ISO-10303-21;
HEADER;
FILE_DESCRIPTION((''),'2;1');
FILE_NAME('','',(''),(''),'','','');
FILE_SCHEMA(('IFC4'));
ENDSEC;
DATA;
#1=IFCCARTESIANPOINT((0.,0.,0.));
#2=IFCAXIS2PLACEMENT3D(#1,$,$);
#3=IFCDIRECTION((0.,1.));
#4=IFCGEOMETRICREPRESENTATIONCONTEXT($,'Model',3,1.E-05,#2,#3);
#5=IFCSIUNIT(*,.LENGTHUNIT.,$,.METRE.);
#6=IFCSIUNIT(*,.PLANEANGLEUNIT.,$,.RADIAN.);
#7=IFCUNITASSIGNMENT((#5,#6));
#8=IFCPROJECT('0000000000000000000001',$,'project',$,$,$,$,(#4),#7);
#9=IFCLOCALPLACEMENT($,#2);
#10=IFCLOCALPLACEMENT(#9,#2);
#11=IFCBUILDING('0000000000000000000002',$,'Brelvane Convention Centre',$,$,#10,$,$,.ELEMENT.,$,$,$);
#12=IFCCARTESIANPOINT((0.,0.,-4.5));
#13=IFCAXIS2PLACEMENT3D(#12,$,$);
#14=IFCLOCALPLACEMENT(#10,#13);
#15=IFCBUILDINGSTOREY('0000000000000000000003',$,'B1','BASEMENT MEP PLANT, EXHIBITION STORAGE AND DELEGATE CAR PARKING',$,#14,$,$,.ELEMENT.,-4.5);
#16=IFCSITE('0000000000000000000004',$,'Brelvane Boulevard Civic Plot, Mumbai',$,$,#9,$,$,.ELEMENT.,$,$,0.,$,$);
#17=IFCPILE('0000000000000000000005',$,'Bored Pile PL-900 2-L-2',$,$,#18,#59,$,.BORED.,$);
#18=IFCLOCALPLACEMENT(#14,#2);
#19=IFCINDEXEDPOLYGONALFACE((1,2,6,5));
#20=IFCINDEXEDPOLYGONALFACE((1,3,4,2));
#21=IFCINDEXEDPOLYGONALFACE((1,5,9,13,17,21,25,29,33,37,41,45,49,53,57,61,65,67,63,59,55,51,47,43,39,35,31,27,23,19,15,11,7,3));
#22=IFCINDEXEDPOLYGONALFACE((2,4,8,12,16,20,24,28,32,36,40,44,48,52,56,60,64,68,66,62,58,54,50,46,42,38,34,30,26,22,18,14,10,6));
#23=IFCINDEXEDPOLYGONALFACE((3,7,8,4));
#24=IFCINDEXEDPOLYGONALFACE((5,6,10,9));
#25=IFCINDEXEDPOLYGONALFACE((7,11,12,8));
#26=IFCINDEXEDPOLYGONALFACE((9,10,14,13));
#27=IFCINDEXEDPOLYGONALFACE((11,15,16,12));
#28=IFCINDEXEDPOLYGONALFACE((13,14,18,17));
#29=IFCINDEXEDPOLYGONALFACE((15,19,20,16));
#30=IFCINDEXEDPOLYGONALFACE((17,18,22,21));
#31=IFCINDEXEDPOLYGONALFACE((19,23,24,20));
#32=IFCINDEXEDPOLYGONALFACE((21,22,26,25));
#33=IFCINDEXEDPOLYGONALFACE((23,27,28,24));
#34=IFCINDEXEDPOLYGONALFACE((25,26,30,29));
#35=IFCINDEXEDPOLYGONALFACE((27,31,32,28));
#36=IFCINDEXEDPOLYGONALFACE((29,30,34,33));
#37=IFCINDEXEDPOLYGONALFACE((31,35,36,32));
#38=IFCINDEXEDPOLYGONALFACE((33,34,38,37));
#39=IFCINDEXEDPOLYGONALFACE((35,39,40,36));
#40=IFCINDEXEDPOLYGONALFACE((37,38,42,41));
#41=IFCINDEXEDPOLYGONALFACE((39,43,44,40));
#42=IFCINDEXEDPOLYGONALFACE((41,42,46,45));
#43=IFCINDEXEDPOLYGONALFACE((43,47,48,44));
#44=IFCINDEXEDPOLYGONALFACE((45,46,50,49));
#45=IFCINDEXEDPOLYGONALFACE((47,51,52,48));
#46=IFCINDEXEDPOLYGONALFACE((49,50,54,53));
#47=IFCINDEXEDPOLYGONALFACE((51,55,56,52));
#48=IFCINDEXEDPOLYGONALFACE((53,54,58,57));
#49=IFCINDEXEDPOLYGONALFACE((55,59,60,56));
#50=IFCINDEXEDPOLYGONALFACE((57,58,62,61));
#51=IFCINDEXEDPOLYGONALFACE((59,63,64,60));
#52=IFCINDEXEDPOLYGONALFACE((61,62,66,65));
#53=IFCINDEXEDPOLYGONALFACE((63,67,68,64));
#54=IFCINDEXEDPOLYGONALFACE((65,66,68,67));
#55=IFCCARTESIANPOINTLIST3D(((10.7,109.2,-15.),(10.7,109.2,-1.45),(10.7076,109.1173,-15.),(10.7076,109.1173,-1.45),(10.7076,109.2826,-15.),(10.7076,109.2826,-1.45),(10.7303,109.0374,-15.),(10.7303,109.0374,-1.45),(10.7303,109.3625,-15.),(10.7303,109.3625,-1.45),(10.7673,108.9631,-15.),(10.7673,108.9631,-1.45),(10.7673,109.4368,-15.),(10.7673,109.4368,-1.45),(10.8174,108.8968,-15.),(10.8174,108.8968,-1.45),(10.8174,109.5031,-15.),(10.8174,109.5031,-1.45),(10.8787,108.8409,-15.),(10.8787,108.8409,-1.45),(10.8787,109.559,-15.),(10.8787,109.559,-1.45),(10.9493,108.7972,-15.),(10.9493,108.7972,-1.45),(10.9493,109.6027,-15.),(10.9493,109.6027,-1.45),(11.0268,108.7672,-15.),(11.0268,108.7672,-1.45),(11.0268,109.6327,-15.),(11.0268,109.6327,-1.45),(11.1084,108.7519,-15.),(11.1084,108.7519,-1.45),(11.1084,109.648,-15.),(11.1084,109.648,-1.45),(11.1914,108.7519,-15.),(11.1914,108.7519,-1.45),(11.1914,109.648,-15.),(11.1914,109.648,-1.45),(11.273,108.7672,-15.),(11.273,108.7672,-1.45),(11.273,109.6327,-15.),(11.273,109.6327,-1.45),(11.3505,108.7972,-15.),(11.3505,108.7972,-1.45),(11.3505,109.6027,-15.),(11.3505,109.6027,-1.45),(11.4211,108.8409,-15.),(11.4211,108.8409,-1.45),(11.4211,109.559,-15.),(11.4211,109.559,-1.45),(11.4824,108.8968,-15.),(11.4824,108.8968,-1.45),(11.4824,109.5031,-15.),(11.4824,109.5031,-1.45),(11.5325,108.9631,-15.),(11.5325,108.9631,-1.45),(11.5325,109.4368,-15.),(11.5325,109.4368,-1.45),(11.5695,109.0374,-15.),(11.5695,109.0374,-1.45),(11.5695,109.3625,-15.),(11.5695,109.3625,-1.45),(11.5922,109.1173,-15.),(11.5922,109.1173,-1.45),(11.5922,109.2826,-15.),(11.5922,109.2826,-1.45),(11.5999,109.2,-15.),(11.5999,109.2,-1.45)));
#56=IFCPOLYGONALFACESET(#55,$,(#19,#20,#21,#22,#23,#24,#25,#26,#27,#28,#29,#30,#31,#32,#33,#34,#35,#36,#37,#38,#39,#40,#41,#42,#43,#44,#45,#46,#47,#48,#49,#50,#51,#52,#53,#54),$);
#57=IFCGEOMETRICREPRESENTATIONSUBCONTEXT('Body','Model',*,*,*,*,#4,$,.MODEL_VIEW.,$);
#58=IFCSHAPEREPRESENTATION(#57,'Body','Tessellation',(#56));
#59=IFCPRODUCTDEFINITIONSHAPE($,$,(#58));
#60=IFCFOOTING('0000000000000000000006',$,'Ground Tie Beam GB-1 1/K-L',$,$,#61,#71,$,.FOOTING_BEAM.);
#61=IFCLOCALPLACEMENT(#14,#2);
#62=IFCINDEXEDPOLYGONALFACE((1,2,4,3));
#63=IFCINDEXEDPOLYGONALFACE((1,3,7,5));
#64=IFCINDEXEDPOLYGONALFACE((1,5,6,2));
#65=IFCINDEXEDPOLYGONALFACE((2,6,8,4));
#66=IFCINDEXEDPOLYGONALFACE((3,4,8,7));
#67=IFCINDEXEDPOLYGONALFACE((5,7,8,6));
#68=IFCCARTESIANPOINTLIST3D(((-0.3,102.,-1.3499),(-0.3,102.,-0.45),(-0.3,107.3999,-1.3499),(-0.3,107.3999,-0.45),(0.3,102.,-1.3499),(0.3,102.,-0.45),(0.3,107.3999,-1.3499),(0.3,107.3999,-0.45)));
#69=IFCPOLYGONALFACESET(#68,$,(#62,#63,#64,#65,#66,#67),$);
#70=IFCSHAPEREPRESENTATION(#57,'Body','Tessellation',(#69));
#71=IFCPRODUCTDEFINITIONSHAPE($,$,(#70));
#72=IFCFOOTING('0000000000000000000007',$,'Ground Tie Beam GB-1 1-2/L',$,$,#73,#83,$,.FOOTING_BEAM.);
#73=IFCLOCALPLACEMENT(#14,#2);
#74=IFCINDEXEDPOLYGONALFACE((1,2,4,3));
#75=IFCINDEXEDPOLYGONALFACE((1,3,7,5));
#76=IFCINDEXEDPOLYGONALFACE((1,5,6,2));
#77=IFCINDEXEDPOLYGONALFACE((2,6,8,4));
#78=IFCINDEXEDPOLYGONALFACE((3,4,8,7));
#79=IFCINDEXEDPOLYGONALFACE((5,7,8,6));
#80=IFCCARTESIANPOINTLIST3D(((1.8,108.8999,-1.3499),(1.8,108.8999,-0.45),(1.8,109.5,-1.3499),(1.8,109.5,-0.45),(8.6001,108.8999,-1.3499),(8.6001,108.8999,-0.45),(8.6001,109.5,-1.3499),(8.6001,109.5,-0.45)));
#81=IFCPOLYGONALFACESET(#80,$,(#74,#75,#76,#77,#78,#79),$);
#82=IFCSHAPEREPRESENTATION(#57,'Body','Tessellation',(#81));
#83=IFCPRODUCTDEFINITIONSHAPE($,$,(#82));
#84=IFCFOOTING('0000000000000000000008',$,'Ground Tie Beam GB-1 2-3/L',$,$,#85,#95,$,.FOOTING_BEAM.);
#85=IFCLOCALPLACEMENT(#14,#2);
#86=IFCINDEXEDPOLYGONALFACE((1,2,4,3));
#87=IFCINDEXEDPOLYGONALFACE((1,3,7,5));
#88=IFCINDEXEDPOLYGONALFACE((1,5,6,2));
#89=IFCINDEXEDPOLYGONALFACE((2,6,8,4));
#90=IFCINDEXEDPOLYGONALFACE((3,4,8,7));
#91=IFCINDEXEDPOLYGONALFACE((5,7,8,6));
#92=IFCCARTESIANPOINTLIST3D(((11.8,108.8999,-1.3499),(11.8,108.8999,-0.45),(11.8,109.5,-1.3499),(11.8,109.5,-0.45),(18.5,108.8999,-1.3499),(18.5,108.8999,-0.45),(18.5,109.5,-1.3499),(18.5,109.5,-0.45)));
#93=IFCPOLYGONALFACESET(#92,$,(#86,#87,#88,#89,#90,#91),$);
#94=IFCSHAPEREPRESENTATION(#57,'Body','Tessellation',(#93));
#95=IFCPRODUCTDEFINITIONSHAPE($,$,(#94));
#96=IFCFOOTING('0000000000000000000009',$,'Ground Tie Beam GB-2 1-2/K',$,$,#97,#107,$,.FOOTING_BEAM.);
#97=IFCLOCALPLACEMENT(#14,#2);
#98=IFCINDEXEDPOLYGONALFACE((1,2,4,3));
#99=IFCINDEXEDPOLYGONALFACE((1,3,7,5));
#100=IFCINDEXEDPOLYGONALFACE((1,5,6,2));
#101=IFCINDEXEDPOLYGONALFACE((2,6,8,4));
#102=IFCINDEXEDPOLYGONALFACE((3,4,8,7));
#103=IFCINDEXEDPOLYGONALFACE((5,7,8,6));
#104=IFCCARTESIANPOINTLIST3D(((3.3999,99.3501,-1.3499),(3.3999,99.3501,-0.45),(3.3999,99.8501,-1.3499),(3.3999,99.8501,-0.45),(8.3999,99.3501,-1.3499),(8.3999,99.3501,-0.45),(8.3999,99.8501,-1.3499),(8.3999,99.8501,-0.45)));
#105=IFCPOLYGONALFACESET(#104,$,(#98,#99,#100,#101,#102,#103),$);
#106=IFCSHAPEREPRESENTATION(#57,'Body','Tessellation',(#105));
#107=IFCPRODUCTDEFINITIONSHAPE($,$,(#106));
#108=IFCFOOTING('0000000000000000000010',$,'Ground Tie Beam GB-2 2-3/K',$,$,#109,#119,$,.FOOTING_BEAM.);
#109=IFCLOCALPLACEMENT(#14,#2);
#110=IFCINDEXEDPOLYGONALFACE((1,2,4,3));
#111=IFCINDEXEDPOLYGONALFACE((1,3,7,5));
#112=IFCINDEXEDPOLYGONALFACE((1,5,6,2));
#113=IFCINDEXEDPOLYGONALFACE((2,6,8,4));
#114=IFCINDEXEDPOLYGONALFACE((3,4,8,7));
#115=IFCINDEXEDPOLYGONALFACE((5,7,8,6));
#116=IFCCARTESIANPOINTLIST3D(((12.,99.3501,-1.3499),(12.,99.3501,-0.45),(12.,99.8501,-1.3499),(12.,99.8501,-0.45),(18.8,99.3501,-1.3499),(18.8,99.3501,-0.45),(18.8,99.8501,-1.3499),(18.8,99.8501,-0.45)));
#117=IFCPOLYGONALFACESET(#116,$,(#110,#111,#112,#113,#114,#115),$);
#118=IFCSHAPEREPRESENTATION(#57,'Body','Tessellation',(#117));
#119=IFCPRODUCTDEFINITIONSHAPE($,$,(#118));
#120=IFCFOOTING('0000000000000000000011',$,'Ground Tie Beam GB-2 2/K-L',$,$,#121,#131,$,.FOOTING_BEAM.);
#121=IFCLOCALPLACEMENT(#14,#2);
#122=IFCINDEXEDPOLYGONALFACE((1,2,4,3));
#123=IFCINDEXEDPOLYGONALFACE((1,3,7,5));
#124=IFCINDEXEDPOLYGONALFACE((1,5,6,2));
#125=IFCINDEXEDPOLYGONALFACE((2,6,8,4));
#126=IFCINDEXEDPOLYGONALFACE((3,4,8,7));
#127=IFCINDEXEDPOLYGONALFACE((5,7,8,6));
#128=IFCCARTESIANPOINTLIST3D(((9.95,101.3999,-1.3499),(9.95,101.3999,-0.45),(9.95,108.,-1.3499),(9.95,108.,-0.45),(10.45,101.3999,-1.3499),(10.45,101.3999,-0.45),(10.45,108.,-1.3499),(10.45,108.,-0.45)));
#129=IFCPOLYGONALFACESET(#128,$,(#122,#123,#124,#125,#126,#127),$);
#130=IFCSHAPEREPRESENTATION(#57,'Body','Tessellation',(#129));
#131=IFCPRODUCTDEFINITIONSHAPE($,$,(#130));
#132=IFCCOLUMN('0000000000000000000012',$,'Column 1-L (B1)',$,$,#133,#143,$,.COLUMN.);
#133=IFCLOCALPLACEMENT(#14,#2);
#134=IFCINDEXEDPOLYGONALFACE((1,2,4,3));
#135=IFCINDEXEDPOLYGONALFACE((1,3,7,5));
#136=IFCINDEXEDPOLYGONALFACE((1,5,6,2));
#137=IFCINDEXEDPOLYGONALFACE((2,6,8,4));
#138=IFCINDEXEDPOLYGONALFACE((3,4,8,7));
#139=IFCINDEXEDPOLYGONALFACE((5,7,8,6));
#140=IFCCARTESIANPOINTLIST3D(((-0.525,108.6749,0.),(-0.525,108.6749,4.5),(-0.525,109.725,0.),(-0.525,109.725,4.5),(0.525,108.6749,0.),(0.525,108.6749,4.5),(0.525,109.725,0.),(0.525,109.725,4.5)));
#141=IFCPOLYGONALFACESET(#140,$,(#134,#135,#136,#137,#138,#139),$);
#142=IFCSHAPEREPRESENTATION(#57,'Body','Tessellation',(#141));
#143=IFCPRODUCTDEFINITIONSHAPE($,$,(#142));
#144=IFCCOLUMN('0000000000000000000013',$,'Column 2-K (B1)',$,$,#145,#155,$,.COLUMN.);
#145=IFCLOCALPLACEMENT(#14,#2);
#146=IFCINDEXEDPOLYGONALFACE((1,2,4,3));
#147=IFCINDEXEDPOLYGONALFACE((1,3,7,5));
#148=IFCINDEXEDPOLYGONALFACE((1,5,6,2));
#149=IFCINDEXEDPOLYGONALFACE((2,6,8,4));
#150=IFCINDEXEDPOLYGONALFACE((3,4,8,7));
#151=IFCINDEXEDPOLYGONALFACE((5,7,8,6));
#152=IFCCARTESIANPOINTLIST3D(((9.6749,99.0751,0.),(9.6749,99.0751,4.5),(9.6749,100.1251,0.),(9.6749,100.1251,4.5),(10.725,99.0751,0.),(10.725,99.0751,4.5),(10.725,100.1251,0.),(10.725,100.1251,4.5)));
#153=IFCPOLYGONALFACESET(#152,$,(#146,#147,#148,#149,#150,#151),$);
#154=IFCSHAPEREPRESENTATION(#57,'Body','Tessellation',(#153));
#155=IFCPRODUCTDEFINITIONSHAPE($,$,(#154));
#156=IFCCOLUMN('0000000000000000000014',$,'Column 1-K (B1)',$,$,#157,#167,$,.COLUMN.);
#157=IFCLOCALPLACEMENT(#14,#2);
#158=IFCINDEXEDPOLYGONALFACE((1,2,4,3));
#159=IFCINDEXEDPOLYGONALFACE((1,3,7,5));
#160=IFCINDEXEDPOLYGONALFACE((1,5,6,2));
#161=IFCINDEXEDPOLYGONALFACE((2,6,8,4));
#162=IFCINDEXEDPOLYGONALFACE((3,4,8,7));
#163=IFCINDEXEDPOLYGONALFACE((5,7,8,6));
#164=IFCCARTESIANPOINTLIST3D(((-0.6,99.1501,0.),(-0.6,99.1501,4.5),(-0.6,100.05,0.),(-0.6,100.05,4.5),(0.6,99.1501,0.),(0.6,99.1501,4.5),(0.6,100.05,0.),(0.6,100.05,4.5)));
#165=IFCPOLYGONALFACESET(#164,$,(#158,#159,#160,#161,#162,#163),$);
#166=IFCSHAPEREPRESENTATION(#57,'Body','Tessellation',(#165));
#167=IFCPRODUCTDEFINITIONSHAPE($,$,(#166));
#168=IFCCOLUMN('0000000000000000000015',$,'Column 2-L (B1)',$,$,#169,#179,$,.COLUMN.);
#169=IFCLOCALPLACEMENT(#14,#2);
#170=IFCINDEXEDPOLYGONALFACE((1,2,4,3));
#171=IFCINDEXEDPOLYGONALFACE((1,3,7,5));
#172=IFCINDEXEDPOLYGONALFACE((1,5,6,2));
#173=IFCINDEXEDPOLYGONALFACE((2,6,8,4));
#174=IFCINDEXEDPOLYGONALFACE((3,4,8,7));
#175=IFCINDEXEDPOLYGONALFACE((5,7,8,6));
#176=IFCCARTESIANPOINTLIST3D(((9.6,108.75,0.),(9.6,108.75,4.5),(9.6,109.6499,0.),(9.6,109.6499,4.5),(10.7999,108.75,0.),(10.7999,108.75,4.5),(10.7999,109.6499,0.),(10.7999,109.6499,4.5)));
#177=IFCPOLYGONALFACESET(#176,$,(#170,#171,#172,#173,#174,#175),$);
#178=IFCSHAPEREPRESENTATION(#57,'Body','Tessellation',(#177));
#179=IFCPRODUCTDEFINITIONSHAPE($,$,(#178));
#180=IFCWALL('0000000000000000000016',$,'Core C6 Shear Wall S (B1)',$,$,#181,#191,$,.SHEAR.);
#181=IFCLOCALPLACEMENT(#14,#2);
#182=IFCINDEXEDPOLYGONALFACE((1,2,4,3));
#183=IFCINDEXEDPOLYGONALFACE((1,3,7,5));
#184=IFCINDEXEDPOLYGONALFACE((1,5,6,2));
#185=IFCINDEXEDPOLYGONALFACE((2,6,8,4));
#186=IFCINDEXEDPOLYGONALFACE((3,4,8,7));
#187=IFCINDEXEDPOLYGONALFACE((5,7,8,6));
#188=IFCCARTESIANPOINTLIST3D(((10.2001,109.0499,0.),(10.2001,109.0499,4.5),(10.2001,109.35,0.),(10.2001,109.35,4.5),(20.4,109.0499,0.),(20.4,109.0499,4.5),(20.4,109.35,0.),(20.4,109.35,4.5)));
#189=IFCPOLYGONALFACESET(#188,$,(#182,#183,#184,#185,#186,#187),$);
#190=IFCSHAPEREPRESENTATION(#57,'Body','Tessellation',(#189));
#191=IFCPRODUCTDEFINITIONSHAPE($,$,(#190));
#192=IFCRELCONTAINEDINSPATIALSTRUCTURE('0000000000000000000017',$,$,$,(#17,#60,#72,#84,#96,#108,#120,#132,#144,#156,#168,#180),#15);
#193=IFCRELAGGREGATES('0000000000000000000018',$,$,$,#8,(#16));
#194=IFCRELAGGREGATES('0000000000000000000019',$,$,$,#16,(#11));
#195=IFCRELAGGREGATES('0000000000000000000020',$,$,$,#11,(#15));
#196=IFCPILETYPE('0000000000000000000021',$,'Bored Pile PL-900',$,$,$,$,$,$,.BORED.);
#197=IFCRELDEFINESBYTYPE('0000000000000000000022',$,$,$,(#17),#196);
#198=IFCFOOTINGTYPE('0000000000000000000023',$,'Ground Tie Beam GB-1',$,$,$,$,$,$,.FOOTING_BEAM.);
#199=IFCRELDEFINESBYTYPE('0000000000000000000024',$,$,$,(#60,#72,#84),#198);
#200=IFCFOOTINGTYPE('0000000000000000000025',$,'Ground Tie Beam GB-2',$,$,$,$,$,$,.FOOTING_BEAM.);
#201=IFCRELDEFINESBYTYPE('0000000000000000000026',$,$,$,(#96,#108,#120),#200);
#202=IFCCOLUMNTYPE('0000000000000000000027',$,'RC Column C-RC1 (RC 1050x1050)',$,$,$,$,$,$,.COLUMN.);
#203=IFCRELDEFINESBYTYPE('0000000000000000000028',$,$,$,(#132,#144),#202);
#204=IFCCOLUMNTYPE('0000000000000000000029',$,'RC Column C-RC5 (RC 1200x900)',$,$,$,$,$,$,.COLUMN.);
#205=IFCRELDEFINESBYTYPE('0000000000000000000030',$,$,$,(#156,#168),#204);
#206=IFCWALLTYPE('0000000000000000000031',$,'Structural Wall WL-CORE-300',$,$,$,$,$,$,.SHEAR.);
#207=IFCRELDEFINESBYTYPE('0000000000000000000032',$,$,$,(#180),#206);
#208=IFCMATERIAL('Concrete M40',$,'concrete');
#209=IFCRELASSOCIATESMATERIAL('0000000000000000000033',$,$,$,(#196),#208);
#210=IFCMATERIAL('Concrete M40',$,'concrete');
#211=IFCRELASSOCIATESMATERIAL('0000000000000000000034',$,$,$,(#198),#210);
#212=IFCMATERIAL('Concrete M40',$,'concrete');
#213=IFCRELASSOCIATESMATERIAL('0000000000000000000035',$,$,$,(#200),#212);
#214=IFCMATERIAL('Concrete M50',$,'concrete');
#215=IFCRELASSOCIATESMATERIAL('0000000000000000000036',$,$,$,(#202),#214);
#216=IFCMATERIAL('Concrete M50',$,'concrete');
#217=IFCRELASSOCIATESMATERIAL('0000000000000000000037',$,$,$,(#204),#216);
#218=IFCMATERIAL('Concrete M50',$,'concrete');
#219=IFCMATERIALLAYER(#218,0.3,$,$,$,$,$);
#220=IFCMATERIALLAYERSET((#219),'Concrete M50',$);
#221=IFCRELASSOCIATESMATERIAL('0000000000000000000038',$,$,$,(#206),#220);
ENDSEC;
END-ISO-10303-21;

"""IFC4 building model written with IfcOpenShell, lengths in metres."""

from ifc_helpers import new_model, si_unit, direction, frame, frame_2d, origin, origin_2d, place, context, subcontext, project, spatial, rectangle, circle, extrude, material, layer, layer_set, material_profile, profile_set, type_object, element, save


model = new_model("IFC4")

# Units and contexts
model_context = context("Model", 3, precision=1e-05, world=origin(), true_north=direction((0.0, 1.0)))
body_context = subcontext(model_context, "Body", "Model", "MODEL_VIEW")
ifc_project = project(units=[si_unit("LENGTHUNIT", "METRE"), si_unit("PLANEANGLEUNIT", "RADIAN")], contexts=[model_context])

# Site, building, storey
site_placement = place(None, origin())
site = spatial("IfcSite", under=ifc_project, at=site_placement, Name="Brelvane Boulevard Civic Plot, Mumbai", CompositionType="ELEMENT", RefElevation=0.0)
building_placement = place(site_placement, origin())
building = spatial("IfcBuilding", under=site, at=building_placement, Name="Brelvane Convention Centre", CompositionType="ELEMENT")
storey_placement = place(building_placement, frame((0.0, 0.0, -4.5)))
storey = spatial("IfcBuildingStorey", under=building, at=storey_placement, Name="B1", Description="BASEMENT MEP PLANT, EXHIBITION STORAGE AND DELEGATE CAR PARKING", CompositionType="ELEMENT", Elevation=-4.5)

# Pile
ifc_material_1 = material(Name="Concrete M40", Category="concrete")
ifc_material_profile_1 = material_profile(ifc_material_1, circle(Radius=0.45, at=origin_2d()), Name="PILE D900")
ifc_profile_set_1 = profile_set([ifc_material_profile_1], Name="Concrete M40")
pile_type_1 = type_object("IfcPileType", Name="Bored Pile PL-900", PredefinedType="BORED", material=ifc_profile_set_1)
for number, where, z_axis, x_axis, name in (
    (1, (11.1499, 109.2, -1.45), (0.0, 0.0, -1.0), (1.0, 0.0, 0.0), "Bored Pile PL-900 2-L-2"),
):
    element("IfcPile", number, at=place(storey_placement, frame(where, z_axis=z_axis, x_axis=x_axis)), inside=storey, type_object=pile_type_1, Name=name, PredefinedType="BORED", context=body_context, shape_type="SweptSolid", body=[
        extrude(circle(Radius=0.45, at=origin_2d()), origin(), (0.0, 0.0, 1.0), 13.55),
    ])

# Footings
ifc_material_2 = material(Name="Concrete M40", Category="concrete")
ifc_material_profile_2 = material_profile(ifc_material_2, rectangle(XDim=0.6001, YDim=0.8999, at=origin_2d()), Name="RC 600x900")
ifc_profile_set_2 = profile_set([ifc_material_profile_2], Name="Concrete M40")
footing_type_1 = type_object("IfcFootingType", Name="Ground Tie Beam GB-1", PredefinedType="FOOTING_BEAM", material=ifc_profile_set_2)
footing_1_placement = place(storey_placement, frame((0.0, 102.0, -0.8999), z_axis=(0.0, 1.0, 0.0), x_axis=(-1.0, 0.0, 0.0)))
element("IfcFooting", 2, at=footing_1_placement, inside=storey, type_object=footing_type_1, Name="Ground Tie Beam GB-1 1/K-L", PredefinedType="FOOTING_BEAM", context=body_context, shape_type="SweptSolid", body=[
    extrude(rectangle(XDim=0.6001, YDim=0.8999, at=origin_2d()), origin(), (0.0, 0.0, 1.0), 5.3999),
])
footing_2_placement = place(storey_placement, frame((1.8, 109.2, -0.8999), z_axis=(1.0, 0.0, 0.0), x_axis=(0.0, 1.0, 0.0)))
element("IfcFooting", 3, at=footing_2_placement, inside=storey, type_object=footing_type_1, Name="Ground Tie Beam GB-1 1-2/L", PredefinedType="FOOTING_BEAM", context=body_context, shape_type="SweptSolid", body=[
    extrude(rectangle(XDim=0.6001, YDim=0.8999, at=origin_2d()), origin(), (0.0, 0.0, 1.0), 6.8),
])
footing_3_placement = place(storey_placement, frame((11.8, 109.2, -0.8999), z_axis=(1.0, 0.0, 0.0), x_axis=(0.0, 1.0, 0.0)))
element("IfcFooting", 4, at=footing_3_placement, inside=storey, type_object=footing_type_1, Name="Ground Tie Beam GB-1 2-3/L", PredefinedType="FOOTING_BEAM", context=body_context, shape_type="SweptSolid", body=[
    extrude(rectangle(XDim=0.6001, YDim=0.8999, at=origin_2d()), origin(), (0.0, 0.0, 1.0), 6.7),
])
ifc_material_3 = material(Name="Concrete M40", Category="concrete")
ifc_material_profile_3 = material_profile(ifc_material_3, rectangle(XDim=0.5, YDim=0.8999, at=origin_2d()), Name="RC 500x900")
ifc_profile_set_3 = profile_set([ifc_material_profile_3], Name="Concrete M40")
footing_type_2 = type_object("IfcFootingType", Name="Ground Tie Beam GB-2", PredefinedType="FOOTING_BEAM", material=ifc_profile_set_3)
footing_4_placement = place(storey_placement, frame((3.3999, 99.6001, -0.8999), z_axis=(1.0, 0.0, 0.0), x_axis=(0.0, 1.0, 0.0)))
element("IfcFooting", 5, at=footing_4_placement, inside=storey, type_object=footing_type_2, Name="Ground Tie Beam GB-2 1-2/K", PredefinedType="FOOTING_BEAM", context=body_context, shape_type="SweptSolid", body=[
    extrude(rectangle(XDim=0.5, YDim=0.8999, at=origin_2d()), origin(), (0.0, 0.0, 1.0), 5.0),
])
footing_5_placement = place(storey_placement, frame((12.0, 99.6001, -0.8999), z_axis=(1.0, 0.0, 0.0), x_axis=(0.0, 1.0, 0.0)))
element("IfcFooting", 6, at=footing_5_placement, inside=storey, type_object=footing_type_2, Name="Ground Tie Beam GB-2 2-3/K", PredefinedType="FOOTING_BEAM", context=body_context, shape_type="SweptSolid", body=[
    extrude(rectangle(XDim=0.5, YDim=0.8999, at=origin_2d()), origin(), (0.0, 0.0, 1.0), 6.8),
])
footing_6_placement = place(storey_placement, frame((10.2, 101.3999, -0.8999), z_axis=(0.0, 1.0, 0.0), x_axis=(-1.0, 0.0, 0.0)))
element("IfcFooting", 7, at=footing_6_placement, inside=storey, type_object=footing_type_2, Name="Ground Tie Beam GB-2 2/K-L", PredefinedType="FOOTING_BEAM", context=body_context, shape_type="SweptSolid", body=[
    extrude(rectangle(XDim=0.5, YDim=0.8999, at=origin_2d()), origin(), (0.0, 0.0, 1.0), 6.6001),
])

# Columns
ifc_material_4 = material(Name="Concrete M50", Category="concrete")
ifc_material_profile_4 = material_profile(ifc_material_4, rectangle(XDim=1.05, YDim=1.05, at=origin_2d()), Name="RC 1050x1050")
ifc_profile_set_4 = profile_set([ifc_material_profile_4], Name="Concrete M50")
column_type_1 = type_object("IfcColumnType", Name="RC Column C-RC1 (RC 1050x1050)", PredefinedType="COLUMN", material=ifc_profile_set_4)
for number, where, z_axis, x_axis, name in (
    (8, (0.0, 109.2, 0.0), (0.0, 0.0, 1.0), (1.0, 0.0, 0.0), "Column 1-L (B1)"),
    (9, (10.2, 99.6001, 0.0), (0.0, 0.0, 1.0), (1.0, 0.0, 0.0), "Column 2-K (B1)"),
):
    element("IfcColumn", number, at=place(storey_placement, frame(where, z_axis=z_axis, x_axis=x_axis)), inside=storey, type_object=column_type_1, Name=name, PredefinedType="COLUMN", context=body_context, shape_type="SweptSolid", body=[
        extrude(rectangle(XDim=1.05, YDim=1.05, at=origin_2d()), origin(), (0.0, 0.0, 1.0), 4.5),
    ])
ifc_material_5 = material(Name="Concrete M50", Category="concrete")
ifc_material_profile_5 = material_profile(ifc_material_5, rectangle(XDim=1.2, YDim=0.8999, at=origin_2d()), Name="RC 1200x900")
ifc_profile_set_5 = profile_set([ifc_material_profile_5], Name="Concrete M50")
column_type_2 = type_object("IfcColumnType", Name="RC Column C-RC5 (RC 1200x900)", PredefinedType="COLUMN", material=ifc_profile_set_5)
for number, where, z_axis, x_axis, name in (
    (10, (0.0, 99.6001, 0.0), (0.0, 0.0, 1.0), (1.0, 0.0, 0.0), "Column 1-K (B1)"),
    (11, (10.2, 109.2, 0.0), (0.0, 0.0, 1.0), (1.0, 0.0, 0.0), "Column 2-L (B1)"),
):
    element("IfcColumn", number, at=place(storey_placement, frame(where, z_axis=z_axis, x_axis=x_axis)), inside=storey, type_object=column_type_2, Name=name, PredefinedType="COLUMN", context=body_context, shape_type="SweptSolid", body=[
        extrude(rectangle(XDim=1.2, YDim=0.8999, at=origin_2d()), origin(), (0.0, 0.0, 1.0), 4.5),
    ])

# Wall
ifc_material_6 = material(Name="Concrete M50", Category="concrete")
ifc_layer = layer(ifc_material_6, 0.3)
ifc_layer_set = layer_set([ifc_layer], Name="Concrete M50")
wall_type = type_object("IfcWallType", Name="Structural Wall WL-CORE-300", PredefinedType="SHEAR", material=ifc_layer_set)
wall_1_placement = place(storey_placement, frame((10.2, 109.2, 0.0), z_axis=(0.0, 0.0, 1.0), x_axis=(1.0, 0.0, 0.0)))
element("IfcWall", 12, at=wall_1_placement, inside=storey, type_object=wall_type, Name="Core C6 Shear Wall S (B1)", PredefinedType="SHEAR", context=body_context, shape_type="SweptSolid", body=[
    extrude(rectangle(XDim=10.2, YDim=0.3, at=frame_2d((5.1001, 0.0))), origin(), (0.0, 0.0, 1.0), 4.5),
])

save(model, "model.ifc")
